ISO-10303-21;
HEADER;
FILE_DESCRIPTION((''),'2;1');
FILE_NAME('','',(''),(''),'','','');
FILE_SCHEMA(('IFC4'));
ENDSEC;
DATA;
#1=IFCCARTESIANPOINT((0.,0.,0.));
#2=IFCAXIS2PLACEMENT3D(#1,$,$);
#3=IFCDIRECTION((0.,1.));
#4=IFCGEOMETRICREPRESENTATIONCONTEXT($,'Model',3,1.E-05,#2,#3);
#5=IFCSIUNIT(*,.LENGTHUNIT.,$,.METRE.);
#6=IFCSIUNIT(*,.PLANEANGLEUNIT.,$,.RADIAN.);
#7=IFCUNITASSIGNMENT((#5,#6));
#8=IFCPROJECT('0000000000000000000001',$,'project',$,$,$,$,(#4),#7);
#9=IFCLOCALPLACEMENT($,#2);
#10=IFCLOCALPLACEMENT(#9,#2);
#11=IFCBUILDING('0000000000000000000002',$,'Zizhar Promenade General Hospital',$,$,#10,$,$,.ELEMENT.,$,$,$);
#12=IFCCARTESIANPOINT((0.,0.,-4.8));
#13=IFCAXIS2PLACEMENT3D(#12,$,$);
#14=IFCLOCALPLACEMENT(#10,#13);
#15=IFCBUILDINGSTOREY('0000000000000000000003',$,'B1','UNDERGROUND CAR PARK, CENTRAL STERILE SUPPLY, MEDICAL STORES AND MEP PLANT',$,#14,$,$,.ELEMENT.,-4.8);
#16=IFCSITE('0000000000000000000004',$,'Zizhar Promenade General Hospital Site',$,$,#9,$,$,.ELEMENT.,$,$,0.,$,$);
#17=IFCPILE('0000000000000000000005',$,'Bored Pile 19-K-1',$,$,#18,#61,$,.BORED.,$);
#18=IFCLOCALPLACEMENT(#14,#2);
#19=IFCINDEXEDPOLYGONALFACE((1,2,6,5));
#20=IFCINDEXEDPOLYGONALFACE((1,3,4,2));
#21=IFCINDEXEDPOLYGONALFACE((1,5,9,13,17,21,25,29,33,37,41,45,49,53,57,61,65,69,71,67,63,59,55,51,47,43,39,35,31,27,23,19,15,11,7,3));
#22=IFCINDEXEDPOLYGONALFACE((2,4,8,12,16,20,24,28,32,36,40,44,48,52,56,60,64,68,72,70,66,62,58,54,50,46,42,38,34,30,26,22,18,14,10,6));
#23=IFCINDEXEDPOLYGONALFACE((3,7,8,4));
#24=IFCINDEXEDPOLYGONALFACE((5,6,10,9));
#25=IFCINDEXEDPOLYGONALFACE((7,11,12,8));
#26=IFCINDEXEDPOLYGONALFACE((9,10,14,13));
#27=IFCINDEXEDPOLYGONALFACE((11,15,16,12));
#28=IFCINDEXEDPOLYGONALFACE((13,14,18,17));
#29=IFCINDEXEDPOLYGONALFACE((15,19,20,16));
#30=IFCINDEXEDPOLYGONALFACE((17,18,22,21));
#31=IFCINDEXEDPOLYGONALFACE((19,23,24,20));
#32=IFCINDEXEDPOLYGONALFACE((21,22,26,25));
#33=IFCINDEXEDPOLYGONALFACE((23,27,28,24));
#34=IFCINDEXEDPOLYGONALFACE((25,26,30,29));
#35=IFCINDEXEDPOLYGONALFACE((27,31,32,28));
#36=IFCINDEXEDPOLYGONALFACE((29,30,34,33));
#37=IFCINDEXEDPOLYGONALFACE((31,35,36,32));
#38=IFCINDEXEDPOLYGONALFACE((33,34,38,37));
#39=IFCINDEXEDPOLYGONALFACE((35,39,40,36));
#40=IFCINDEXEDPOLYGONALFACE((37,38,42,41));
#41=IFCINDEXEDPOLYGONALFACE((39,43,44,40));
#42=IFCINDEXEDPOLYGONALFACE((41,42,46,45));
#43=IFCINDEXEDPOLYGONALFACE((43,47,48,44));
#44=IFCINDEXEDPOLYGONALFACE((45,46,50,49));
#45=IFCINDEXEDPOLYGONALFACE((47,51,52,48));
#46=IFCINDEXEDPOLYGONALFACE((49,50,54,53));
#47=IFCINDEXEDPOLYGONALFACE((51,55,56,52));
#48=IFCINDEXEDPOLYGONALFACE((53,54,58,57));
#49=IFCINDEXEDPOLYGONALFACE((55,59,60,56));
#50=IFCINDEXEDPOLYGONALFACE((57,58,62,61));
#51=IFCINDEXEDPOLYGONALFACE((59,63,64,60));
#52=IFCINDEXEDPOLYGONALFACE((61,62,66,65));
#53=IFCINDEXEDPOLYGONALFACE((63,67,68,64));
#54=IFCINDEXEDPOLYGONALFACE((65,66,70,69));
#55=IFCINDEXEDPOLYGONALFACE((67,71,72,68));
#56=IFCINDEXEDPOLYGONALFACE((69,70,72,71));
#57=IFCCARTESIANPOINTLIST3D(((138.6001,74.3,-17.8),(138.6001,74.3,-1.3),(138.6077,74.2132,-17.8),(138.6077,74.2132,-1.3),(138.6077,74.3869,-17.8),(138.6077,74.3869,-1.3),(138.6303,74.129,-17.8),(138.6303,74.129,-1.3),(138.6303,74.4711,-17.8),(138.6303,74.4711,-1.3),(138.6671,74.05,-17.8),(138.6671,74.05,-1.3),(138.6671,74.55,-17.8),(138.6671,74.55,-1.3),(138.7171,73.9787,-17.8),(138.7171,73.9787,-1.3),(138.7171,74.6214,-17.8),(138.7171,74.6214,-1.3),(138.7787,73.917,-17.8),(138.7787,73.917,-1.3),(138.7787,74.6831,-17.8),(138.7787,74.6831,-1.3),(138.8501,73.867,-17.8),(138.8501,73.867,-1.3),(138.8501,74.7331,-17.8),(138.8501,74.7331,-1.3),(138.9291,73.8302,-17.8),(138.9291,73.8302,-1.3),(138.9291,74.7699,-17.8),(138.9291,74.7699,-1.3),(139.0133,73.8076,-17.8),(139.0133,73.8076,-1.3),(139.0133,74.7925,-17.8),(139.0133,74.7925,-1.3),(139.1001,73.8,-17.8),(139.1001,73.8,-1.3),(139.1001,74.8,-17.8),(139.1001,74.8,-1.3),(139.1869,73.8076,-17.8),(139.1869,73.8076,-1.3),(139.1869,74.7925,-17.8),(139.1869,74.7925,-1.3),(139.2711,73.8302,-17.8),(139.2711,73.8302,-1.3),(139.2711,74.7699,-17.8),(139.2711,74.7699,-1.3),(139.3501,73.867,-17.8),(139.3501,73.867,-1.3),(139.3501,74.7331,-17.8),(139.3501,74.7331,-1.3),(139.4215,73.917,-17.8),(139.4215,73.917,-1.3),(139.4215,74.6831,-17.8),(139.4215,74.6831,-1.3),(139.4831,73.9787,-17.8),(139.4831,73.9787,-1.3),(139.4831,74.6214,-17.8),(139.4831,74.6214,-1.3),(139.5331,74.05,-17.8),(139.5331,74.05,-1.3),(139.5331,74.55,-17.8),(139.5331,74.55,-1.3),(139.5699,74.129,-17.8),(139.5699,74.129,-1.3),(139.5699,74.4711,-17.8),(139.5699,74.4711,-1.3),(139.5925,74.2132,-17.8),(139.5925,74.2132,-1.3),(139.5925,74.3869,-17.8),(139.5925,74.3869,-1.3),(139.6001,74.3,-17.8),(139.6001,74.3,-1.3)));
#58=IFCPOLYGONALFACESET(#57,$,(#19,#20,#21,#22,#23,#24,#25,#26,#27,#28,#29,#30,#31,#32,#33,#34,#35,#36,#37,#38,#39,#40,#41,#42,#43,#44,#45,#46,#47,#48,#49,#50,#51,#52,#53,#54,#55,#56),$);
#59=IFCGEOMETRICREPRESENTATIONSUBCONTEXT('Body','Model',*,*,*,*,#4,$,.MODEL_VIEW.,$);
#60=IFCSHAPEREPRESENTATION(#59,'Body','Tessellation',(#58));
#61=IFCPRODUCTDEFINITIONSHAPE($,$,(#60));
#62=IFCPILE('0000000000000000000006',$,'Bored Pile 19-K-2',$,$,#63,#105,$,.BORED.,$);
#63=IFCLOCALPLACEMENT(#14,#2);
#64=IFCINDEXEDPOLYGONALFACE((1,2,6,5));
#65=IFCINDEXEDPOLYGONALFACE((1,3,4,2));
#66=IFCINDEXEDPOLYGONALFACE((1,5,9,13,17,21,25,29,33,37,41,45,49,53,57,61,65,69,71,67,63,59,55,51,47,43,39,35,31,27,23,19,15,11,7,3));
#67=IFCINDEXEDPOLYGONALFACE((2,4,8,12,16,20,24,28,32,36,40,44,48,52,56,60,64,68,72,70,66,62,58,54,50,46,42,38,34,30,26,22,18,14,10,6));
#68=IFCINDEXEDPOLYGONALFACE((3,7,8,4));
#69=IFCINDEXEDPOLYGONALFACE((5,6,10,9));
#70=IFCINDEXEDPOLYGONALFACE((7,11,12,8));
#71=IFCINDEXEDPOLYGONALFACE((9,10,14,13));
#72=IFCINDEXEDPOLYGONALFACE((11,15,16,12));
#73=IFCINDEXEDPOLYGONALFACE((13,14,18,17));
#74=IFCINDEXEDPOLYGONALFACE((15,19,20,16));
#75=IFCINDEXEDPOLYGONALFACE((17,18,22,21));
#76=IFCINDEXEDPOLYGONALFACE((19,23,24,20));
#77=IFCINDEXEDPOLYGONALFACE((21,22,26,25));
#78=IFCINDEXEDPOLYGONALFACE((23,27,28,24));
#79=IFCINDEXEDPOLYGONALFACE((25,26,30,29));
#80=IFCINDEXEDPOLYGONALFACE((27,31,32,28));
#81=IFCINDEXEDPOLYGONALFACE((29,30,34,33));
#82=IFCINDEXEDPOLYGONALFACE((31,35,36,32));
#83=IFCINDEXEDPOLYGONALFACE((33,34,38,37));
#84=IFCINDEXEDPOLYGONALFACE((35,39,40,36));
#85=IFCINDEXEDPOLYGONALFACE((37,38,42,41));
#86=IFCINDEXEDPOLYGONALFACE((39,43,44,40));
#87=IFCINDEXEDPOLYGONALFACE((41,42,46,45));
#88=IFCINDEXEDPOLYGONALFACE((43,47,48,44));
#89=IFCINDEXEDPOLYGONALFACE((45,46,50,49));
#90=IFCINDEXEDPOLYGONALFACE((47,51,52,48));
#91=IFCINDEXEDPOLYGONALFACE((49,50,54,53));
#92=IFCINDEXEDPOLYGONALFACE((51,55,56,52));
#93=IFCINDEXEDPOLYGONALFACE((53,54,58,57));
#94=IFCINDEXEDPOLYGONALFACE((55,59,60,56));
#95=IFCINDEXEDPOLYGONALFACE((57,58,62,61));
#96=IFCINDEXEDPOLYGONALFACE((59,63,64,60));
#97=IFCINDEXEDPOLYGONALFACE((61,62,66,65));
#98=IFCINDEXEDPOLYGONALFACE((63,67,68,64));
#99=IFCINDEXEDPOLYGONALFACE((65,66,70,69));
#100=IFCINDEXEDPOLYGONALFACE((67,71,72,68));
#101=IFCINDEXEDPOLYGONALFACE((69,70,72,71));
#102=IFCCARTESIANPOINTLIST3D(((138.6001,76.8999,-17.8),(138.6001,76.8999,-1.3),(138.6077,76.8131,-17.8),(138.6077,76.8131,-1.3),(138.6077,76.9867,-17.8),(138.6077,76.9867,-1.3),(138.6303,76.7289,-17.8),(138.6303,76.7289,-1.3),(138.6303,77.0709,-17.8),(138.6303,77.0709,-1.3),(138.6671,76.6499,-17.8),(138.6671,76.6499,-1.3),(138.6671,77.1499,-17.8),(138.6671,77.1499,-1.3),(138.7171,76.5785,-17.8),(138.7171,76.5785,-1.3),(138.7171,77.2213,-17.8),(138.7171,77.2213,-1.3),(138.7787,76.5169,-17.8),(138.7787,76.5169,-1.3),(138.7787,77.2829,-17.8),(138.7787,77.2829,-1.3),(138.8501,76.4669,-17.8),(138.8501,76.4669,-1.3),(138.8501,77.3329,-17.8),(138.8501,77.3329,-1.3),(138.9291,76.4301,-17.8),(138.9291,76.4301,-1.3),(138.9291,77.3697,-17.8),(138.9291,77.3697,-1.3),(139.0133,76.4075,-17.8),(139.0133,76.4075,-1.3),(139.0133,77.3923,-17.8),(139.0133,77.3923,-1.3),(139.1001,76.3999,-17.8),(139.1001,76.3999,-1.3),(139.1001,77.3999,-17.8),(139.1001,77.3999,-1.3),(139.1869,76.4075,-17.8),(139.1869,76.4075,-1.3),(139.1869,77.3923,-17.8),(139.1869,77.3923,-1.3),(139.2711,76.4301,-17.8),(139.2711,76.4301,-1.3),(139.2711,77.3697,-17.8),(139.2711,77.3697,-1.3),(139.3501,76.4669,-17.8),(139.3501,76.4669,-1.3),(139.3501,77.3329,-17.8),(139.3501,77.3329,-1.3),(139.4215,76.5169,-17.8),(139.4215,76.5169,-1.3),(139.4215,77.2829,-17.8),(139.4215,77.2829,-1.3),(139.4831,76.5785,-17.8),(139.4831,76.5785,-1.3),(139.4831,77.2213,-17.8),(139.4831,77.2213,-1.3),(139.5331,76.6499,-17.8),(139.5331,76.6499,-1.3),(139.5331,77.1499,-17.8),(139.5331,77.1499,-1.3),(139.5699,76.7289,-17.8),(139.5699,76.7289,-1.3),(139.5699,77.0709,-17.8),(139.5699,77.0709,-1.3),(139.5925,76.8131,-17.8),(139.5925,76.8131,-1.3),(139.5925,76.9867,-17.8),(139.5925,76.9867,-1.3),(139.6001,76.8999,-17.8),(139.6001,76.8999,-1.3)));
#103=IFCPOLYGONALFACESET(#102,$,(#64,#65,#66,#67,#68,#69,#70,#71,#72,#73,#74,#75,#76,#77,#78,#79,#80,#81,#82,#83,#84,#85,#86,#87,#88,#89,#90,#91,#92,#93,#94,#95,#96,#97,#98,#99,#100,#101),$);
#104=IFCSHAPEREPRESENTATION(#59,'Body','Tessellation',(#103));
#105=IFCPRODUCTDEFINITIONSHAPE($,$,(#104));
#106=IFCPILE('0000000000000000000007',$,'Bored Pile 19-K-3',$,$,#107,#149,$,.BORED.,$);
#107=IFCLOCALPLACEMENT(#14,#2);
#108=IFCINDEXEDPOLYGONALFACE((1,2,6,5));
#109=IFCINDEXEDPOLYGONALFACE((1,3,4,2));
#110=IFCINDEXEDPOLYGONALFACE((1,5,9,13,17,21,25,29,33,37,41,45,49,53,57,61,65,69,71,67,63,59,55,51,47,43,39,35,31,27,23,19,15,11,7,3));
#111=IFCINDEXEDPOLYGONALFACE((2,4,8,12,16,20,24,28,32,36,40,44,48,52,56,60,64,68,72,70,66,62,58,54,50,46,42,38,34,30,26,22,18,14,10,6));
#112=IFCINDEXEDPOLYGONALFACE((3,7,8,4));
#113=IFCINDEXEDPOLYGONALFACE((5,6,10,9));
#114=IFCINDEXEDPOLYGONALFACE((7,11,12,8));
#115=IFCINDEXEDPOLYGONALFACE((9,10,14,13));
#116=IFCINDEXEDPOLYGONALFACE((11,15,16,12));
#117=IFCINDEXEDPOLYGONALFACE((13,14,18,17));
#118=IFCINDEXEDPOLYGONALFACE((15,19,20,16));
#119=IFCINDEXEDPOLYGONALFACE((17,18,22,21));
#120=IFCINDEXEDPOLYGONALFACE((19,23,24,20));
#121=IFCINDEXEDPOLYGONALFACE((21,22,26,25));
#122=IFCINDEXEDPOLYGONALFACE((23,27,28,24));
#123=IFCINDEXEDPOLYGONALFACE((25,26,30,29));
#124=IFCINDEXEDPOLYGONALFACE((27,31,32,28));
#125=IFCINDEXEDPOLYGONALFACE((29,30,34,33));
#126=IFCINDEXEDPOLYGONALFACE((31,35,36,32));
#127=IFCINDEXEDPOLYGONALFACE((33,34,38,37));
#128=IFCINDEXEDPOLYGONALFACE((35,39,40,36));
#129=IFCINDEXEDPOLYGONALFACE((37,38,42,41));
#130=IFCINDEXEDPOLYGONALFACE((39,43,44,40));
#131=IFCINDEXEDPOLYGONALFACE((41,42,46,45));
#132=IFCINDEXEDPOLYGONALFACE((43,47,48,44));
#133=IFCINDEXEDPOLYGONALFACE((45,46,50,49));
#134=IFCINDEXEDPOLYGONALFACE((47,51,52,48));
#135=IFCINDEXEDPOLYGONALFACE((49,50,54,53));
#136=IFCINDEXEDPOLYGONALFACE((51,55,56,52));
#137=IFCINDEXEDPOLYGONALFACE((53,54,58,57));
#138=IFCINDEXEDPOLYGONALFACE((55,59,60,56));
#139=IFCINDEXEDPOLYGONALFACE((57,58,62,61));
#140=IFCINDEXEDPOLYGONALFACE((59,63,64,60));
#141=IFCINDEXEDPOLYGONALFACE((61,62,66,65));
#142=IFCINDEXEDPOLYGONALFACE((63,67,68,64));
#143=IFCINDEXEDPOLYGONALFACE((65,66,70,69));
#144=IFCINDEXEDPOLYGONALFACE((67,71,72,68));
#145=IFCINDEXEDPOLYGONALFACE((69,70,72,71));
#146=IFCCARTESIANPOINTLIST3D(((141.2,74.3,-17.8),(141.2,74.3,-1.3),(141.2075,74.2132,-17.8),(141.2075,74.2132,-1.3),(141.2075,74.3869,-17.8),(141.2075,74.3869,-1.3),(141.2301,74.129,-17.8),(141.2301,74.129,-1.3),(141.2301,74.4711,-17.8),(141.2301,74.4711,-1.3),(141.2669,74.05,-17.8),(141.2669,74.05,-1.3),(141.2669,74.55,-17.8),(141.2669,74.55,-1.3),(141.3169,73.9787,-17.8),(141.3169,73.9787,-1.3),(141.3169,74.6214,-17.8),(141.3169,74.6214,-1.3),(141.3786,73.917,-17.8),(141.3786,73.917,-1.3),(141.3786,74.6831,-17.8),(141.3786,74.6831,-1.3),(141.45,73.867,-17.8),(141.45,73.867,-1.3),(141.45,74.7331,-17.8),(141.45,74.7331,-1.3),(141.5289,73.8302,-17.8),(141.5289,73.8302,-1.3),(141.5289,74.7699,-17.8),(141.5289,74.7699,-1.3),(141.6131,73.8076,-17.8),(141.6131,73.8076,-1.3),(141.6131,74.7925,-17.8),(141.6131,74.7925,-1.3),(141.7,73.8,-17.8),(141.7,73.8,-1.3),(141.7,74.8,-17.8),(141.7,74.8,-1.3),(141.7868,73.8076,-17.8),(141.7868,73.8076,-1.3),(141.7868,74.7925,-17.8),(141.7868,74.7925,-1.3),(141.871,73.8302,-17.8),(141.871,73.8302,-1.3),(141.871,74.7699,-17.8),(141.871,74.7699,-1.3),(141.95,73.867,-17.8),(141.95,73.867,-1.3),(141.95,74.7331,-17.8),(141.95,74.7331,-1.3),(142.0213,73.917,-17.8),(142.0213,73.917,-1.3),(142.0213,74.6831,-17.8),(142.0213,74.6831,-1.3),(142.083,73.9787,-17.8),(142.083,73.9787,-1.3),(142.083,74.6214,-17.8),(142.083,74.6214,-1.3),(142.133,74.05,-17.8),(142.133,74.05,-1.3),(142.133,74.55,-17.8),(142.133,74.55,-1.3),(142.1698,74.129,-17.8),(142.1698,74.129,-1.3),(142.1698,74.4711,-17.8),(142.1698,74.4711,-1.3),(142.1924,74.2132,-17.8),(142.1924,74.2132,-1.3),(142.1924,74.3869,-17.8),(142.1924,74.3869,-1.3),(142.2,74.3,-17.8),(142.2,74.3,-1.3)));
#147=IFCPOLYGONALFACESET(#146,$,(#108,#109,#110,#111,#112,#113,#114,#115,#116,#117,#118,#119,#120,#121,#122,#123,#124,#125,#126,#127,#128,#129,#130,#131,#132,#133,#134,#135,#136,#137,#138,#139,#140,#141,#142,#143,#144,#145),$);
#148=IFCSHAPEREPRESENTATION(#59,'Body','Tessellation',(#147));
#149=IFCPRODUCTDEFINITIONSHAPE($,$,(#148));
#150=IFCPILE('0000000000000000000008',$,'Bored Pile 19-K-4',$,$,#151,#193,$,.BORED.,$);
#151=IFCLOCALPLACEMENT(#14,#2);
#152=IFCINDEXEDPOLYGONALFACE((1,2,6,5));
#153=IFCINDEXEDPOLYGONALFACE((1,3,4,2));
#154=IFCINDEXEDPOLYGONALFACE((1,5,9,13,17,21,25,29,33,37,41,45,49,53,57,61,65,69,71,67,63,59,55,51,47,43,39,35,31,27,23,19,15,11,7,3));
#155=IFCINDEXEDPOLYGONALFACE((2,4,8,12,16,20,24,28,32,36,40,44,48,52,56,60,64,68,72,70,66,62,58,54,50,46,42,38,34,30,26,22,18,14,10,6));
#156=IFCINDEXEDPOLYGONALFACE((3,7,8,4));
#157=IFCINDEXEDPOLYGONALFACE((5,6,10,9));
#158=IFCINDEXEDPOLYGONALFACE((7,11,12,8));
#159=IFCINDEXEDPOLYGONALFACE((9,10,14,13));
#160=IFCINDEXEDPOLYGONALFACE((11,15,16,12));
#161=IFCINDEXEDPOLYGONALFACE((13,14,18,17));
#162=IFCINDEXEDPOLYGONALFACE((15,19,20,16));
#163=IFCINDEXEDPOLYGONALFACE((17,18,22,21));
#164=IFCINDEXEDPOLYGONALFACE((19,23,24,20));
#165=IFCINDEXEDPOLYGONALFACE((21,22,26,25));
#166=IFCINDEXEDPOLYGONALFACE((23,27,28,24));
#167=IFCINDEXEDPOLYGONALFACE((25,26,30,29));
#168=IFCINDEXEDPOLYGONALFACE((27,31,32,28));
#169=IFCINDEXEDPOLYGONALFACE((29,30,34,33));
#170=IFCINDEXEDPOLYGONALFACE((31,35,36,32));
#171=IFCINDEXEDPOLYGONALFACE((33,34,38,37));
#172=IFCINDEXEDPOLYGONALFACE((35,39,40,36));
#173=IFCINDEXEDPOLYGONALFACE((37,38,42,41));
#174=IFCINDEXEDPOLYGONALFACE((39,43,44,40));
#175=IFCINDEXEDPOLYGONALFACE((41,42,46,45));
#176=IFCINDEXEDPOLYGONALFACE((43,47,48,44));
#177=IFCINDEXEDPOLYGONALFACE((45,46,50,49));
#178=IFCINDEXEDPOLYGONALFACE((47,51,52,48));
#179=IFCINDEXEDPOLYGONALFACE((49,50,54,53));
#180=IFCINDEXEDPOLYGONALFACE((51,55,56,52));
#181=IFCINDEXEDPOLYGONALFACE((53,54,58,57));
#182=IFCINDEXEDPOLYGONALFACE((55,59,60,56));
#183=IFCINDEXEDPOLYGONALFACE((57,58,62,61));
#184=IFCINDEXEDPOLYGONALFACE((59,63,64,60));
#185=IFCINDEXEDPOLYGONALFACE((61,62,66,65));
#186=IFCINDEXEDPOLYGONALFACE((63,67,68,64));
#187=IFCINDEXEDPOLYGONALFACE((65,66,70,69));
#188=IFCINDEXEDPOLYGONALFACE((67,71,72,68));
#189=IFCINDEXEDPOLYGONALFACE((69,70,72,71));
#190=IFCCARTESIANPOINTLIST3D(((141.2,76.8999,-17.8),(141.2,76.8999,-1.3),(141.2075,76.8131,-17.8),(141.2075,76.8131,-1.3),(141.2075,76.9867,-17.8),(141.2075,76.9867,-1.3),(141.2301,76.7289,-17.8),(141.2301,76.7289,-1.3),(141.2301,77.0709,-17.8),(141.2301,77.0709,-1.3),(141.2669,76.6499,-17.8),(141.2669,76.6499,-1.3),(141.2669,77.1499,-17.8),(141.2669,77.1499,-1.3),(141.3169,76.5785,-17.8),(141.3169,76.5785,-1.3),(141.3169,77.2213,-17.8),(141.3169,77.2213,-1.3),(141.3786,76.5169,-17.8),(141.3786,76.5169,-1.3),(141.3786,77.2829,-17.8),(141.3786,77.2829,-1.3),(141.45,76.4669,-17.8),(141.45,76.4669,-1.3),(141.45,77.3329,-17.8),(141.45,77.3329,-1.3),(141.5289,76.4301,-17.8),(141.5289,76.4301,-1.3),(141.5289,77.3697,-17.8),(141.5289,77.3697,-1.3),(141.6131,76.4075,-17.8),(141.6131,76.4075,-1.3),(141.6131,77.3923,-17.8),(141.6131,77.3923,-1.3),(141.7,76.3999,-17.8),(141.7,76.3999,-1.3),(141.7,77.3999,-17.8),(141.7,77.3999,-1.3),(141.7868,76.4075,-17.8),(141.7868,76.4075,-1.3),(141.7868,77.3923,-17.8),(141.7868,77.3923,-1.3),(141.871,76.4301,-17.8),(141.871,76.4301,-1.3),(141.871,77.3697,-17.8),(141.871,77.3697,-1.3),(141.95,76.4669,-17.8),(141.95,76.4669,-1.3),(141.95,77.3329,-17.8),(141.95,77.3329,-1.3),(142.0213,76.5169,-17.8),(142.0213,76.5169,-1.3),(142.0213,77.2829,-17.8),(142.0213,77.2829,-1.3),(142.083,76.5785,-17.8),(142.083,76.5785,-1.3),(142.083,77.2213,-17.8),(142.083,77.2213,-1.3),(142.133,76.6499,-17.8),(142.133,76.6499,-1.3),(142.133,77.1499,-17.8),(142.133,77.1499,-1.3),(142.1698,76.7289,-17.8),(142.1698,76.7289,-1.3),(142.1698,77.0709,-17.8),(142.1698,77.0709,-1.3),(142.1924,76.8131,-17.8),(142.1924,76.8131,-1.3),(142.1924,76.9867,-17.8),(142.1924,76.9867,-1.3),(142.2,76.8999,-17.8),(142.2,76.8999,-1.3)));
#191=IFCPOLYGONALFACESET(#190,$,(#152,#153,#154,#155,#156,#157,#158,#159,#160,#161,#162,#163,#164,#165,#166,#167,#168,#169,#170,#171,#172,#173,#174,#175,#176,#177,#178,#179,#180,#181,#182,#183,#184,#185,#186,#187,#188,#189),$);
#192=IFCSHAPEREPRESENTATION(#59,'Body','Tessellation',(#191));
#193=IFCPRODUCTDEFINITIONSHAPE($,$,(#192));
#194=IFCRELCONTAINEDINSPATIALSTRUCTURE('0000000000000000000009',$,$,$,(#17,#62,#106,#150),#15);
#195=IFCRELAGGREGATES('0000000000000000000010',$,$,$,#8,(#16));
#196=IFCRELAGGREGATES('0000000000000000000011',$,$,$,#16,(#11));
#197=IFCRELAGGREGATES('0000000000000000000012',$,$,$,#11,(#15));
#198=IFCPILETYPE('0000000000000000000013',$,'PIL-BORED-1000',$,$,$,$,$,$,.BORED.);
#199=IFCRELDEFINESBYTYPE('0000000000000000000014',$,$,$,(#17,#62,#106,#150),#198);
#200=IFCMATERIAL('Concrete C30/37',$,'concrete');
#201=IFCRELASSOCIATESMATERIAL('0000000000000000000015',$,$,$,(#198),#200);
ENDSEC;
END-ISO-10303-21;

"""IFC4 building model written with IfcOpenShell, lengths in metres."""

from ifc_helpers import new_model, si_unit, direction, frame, origin, origin_2d, place, context, subcontext, project, spatial, circle, extrude, material, material_profile, profile_set, type_object, element, save


model = new_model("IFC4")

# Units and contexts
model_context = context("Model", 3, precision=1e-05, world=origin(), true_north=direction((0.0, 1.0)))
body_context = subcontext(model_context, "Body", "Model", "MODEL_VIEW")
ifc_project = project(units=[si_unit("LENGTHUNIT", "METRE"), si_unit("PLANEANGLEUNIT", "RADIAN")], contexts=[model_context])

# Site, building, storey
site_placement = place(None, origin())
site = spatial("IfcSite", under=ifc_project, at=site_placement, Name="Zizhar Promenade General Hospital Site", CompositionType="ELEMENT", RefElevation=0.0)
building_placement = place(site_placement, origin())
building = spatial("IfcBuilding", under=site, at=building_placement, Name="Zizhar Promenade General Hospital", CompositionType="ELEMENT")
storey_placement = place(building_placement, frame((0.0, 0.0, -4.8)))
storey = spatial("IfcBuildingStorey", under=building, at=storey_placement, Name="B1", Description="UNDERGROUND CAR PARK, CENTRAL STERILE SUPPLY, MEDICAL STORES AND MEP PLANT", CompositionType="ELEMENT", Elevation=-4.8)

# Piles
ifc_material_1 = material(Name="Concrete C30/37", Category="concrete")
ifc_material_profile_1 = material_profile(ifc_material_1, circle(Radius=0.5, at=origin_2d()))
ifc_profile_set_1 = profile_set([ifc_material_profile_1], Name="Concrete C30/37")
pile_type = type_object("IfcPileType", Name="PIL-BORED-1000", PredefinedType="BORED", material=ifc_profile_set_1)
for number, where, z_axis, x_axis, name in (
    (1, (139.1001, 74.3, -1.3), (0.0, 0.0, -1.0), (1.0, 0.0, 0.0), "Bored Pile 19-K-1"),
    (2, (139.1001, 76.8999, -1.3), (0.0, 0.0, -1.0), (1.0, 0.0, 0.0), "Bored Pile 19-K-2"),
    (3, (141.7, 74.3, -1.3), (0.0, 0.0, -1.0), (1.0, 0.0, 0.0), "Bored Pile 19-K-3"),
    (4, (141.7, 76.8999, -1.3), (0.0, 0.0, -1.0), (1.0, 0.0, 0.0), "Bored Pile 19-K-4"),
):
    element("IfcPile", number, at=place(storey_placement, frame(where, z_axis=z_axis, x_axis=x_axis)), inside=storey, type_object=pile_type, Name=name, PredefinedType="BORED", context=body_context, shape_type="SweptSolid", body=[
        extrude(circle(Radius=0.5, at=origin_2d()), origin(), (0.0, 0.0, 1.0), 16.5),
    ])

save(model, "model.ifc")
